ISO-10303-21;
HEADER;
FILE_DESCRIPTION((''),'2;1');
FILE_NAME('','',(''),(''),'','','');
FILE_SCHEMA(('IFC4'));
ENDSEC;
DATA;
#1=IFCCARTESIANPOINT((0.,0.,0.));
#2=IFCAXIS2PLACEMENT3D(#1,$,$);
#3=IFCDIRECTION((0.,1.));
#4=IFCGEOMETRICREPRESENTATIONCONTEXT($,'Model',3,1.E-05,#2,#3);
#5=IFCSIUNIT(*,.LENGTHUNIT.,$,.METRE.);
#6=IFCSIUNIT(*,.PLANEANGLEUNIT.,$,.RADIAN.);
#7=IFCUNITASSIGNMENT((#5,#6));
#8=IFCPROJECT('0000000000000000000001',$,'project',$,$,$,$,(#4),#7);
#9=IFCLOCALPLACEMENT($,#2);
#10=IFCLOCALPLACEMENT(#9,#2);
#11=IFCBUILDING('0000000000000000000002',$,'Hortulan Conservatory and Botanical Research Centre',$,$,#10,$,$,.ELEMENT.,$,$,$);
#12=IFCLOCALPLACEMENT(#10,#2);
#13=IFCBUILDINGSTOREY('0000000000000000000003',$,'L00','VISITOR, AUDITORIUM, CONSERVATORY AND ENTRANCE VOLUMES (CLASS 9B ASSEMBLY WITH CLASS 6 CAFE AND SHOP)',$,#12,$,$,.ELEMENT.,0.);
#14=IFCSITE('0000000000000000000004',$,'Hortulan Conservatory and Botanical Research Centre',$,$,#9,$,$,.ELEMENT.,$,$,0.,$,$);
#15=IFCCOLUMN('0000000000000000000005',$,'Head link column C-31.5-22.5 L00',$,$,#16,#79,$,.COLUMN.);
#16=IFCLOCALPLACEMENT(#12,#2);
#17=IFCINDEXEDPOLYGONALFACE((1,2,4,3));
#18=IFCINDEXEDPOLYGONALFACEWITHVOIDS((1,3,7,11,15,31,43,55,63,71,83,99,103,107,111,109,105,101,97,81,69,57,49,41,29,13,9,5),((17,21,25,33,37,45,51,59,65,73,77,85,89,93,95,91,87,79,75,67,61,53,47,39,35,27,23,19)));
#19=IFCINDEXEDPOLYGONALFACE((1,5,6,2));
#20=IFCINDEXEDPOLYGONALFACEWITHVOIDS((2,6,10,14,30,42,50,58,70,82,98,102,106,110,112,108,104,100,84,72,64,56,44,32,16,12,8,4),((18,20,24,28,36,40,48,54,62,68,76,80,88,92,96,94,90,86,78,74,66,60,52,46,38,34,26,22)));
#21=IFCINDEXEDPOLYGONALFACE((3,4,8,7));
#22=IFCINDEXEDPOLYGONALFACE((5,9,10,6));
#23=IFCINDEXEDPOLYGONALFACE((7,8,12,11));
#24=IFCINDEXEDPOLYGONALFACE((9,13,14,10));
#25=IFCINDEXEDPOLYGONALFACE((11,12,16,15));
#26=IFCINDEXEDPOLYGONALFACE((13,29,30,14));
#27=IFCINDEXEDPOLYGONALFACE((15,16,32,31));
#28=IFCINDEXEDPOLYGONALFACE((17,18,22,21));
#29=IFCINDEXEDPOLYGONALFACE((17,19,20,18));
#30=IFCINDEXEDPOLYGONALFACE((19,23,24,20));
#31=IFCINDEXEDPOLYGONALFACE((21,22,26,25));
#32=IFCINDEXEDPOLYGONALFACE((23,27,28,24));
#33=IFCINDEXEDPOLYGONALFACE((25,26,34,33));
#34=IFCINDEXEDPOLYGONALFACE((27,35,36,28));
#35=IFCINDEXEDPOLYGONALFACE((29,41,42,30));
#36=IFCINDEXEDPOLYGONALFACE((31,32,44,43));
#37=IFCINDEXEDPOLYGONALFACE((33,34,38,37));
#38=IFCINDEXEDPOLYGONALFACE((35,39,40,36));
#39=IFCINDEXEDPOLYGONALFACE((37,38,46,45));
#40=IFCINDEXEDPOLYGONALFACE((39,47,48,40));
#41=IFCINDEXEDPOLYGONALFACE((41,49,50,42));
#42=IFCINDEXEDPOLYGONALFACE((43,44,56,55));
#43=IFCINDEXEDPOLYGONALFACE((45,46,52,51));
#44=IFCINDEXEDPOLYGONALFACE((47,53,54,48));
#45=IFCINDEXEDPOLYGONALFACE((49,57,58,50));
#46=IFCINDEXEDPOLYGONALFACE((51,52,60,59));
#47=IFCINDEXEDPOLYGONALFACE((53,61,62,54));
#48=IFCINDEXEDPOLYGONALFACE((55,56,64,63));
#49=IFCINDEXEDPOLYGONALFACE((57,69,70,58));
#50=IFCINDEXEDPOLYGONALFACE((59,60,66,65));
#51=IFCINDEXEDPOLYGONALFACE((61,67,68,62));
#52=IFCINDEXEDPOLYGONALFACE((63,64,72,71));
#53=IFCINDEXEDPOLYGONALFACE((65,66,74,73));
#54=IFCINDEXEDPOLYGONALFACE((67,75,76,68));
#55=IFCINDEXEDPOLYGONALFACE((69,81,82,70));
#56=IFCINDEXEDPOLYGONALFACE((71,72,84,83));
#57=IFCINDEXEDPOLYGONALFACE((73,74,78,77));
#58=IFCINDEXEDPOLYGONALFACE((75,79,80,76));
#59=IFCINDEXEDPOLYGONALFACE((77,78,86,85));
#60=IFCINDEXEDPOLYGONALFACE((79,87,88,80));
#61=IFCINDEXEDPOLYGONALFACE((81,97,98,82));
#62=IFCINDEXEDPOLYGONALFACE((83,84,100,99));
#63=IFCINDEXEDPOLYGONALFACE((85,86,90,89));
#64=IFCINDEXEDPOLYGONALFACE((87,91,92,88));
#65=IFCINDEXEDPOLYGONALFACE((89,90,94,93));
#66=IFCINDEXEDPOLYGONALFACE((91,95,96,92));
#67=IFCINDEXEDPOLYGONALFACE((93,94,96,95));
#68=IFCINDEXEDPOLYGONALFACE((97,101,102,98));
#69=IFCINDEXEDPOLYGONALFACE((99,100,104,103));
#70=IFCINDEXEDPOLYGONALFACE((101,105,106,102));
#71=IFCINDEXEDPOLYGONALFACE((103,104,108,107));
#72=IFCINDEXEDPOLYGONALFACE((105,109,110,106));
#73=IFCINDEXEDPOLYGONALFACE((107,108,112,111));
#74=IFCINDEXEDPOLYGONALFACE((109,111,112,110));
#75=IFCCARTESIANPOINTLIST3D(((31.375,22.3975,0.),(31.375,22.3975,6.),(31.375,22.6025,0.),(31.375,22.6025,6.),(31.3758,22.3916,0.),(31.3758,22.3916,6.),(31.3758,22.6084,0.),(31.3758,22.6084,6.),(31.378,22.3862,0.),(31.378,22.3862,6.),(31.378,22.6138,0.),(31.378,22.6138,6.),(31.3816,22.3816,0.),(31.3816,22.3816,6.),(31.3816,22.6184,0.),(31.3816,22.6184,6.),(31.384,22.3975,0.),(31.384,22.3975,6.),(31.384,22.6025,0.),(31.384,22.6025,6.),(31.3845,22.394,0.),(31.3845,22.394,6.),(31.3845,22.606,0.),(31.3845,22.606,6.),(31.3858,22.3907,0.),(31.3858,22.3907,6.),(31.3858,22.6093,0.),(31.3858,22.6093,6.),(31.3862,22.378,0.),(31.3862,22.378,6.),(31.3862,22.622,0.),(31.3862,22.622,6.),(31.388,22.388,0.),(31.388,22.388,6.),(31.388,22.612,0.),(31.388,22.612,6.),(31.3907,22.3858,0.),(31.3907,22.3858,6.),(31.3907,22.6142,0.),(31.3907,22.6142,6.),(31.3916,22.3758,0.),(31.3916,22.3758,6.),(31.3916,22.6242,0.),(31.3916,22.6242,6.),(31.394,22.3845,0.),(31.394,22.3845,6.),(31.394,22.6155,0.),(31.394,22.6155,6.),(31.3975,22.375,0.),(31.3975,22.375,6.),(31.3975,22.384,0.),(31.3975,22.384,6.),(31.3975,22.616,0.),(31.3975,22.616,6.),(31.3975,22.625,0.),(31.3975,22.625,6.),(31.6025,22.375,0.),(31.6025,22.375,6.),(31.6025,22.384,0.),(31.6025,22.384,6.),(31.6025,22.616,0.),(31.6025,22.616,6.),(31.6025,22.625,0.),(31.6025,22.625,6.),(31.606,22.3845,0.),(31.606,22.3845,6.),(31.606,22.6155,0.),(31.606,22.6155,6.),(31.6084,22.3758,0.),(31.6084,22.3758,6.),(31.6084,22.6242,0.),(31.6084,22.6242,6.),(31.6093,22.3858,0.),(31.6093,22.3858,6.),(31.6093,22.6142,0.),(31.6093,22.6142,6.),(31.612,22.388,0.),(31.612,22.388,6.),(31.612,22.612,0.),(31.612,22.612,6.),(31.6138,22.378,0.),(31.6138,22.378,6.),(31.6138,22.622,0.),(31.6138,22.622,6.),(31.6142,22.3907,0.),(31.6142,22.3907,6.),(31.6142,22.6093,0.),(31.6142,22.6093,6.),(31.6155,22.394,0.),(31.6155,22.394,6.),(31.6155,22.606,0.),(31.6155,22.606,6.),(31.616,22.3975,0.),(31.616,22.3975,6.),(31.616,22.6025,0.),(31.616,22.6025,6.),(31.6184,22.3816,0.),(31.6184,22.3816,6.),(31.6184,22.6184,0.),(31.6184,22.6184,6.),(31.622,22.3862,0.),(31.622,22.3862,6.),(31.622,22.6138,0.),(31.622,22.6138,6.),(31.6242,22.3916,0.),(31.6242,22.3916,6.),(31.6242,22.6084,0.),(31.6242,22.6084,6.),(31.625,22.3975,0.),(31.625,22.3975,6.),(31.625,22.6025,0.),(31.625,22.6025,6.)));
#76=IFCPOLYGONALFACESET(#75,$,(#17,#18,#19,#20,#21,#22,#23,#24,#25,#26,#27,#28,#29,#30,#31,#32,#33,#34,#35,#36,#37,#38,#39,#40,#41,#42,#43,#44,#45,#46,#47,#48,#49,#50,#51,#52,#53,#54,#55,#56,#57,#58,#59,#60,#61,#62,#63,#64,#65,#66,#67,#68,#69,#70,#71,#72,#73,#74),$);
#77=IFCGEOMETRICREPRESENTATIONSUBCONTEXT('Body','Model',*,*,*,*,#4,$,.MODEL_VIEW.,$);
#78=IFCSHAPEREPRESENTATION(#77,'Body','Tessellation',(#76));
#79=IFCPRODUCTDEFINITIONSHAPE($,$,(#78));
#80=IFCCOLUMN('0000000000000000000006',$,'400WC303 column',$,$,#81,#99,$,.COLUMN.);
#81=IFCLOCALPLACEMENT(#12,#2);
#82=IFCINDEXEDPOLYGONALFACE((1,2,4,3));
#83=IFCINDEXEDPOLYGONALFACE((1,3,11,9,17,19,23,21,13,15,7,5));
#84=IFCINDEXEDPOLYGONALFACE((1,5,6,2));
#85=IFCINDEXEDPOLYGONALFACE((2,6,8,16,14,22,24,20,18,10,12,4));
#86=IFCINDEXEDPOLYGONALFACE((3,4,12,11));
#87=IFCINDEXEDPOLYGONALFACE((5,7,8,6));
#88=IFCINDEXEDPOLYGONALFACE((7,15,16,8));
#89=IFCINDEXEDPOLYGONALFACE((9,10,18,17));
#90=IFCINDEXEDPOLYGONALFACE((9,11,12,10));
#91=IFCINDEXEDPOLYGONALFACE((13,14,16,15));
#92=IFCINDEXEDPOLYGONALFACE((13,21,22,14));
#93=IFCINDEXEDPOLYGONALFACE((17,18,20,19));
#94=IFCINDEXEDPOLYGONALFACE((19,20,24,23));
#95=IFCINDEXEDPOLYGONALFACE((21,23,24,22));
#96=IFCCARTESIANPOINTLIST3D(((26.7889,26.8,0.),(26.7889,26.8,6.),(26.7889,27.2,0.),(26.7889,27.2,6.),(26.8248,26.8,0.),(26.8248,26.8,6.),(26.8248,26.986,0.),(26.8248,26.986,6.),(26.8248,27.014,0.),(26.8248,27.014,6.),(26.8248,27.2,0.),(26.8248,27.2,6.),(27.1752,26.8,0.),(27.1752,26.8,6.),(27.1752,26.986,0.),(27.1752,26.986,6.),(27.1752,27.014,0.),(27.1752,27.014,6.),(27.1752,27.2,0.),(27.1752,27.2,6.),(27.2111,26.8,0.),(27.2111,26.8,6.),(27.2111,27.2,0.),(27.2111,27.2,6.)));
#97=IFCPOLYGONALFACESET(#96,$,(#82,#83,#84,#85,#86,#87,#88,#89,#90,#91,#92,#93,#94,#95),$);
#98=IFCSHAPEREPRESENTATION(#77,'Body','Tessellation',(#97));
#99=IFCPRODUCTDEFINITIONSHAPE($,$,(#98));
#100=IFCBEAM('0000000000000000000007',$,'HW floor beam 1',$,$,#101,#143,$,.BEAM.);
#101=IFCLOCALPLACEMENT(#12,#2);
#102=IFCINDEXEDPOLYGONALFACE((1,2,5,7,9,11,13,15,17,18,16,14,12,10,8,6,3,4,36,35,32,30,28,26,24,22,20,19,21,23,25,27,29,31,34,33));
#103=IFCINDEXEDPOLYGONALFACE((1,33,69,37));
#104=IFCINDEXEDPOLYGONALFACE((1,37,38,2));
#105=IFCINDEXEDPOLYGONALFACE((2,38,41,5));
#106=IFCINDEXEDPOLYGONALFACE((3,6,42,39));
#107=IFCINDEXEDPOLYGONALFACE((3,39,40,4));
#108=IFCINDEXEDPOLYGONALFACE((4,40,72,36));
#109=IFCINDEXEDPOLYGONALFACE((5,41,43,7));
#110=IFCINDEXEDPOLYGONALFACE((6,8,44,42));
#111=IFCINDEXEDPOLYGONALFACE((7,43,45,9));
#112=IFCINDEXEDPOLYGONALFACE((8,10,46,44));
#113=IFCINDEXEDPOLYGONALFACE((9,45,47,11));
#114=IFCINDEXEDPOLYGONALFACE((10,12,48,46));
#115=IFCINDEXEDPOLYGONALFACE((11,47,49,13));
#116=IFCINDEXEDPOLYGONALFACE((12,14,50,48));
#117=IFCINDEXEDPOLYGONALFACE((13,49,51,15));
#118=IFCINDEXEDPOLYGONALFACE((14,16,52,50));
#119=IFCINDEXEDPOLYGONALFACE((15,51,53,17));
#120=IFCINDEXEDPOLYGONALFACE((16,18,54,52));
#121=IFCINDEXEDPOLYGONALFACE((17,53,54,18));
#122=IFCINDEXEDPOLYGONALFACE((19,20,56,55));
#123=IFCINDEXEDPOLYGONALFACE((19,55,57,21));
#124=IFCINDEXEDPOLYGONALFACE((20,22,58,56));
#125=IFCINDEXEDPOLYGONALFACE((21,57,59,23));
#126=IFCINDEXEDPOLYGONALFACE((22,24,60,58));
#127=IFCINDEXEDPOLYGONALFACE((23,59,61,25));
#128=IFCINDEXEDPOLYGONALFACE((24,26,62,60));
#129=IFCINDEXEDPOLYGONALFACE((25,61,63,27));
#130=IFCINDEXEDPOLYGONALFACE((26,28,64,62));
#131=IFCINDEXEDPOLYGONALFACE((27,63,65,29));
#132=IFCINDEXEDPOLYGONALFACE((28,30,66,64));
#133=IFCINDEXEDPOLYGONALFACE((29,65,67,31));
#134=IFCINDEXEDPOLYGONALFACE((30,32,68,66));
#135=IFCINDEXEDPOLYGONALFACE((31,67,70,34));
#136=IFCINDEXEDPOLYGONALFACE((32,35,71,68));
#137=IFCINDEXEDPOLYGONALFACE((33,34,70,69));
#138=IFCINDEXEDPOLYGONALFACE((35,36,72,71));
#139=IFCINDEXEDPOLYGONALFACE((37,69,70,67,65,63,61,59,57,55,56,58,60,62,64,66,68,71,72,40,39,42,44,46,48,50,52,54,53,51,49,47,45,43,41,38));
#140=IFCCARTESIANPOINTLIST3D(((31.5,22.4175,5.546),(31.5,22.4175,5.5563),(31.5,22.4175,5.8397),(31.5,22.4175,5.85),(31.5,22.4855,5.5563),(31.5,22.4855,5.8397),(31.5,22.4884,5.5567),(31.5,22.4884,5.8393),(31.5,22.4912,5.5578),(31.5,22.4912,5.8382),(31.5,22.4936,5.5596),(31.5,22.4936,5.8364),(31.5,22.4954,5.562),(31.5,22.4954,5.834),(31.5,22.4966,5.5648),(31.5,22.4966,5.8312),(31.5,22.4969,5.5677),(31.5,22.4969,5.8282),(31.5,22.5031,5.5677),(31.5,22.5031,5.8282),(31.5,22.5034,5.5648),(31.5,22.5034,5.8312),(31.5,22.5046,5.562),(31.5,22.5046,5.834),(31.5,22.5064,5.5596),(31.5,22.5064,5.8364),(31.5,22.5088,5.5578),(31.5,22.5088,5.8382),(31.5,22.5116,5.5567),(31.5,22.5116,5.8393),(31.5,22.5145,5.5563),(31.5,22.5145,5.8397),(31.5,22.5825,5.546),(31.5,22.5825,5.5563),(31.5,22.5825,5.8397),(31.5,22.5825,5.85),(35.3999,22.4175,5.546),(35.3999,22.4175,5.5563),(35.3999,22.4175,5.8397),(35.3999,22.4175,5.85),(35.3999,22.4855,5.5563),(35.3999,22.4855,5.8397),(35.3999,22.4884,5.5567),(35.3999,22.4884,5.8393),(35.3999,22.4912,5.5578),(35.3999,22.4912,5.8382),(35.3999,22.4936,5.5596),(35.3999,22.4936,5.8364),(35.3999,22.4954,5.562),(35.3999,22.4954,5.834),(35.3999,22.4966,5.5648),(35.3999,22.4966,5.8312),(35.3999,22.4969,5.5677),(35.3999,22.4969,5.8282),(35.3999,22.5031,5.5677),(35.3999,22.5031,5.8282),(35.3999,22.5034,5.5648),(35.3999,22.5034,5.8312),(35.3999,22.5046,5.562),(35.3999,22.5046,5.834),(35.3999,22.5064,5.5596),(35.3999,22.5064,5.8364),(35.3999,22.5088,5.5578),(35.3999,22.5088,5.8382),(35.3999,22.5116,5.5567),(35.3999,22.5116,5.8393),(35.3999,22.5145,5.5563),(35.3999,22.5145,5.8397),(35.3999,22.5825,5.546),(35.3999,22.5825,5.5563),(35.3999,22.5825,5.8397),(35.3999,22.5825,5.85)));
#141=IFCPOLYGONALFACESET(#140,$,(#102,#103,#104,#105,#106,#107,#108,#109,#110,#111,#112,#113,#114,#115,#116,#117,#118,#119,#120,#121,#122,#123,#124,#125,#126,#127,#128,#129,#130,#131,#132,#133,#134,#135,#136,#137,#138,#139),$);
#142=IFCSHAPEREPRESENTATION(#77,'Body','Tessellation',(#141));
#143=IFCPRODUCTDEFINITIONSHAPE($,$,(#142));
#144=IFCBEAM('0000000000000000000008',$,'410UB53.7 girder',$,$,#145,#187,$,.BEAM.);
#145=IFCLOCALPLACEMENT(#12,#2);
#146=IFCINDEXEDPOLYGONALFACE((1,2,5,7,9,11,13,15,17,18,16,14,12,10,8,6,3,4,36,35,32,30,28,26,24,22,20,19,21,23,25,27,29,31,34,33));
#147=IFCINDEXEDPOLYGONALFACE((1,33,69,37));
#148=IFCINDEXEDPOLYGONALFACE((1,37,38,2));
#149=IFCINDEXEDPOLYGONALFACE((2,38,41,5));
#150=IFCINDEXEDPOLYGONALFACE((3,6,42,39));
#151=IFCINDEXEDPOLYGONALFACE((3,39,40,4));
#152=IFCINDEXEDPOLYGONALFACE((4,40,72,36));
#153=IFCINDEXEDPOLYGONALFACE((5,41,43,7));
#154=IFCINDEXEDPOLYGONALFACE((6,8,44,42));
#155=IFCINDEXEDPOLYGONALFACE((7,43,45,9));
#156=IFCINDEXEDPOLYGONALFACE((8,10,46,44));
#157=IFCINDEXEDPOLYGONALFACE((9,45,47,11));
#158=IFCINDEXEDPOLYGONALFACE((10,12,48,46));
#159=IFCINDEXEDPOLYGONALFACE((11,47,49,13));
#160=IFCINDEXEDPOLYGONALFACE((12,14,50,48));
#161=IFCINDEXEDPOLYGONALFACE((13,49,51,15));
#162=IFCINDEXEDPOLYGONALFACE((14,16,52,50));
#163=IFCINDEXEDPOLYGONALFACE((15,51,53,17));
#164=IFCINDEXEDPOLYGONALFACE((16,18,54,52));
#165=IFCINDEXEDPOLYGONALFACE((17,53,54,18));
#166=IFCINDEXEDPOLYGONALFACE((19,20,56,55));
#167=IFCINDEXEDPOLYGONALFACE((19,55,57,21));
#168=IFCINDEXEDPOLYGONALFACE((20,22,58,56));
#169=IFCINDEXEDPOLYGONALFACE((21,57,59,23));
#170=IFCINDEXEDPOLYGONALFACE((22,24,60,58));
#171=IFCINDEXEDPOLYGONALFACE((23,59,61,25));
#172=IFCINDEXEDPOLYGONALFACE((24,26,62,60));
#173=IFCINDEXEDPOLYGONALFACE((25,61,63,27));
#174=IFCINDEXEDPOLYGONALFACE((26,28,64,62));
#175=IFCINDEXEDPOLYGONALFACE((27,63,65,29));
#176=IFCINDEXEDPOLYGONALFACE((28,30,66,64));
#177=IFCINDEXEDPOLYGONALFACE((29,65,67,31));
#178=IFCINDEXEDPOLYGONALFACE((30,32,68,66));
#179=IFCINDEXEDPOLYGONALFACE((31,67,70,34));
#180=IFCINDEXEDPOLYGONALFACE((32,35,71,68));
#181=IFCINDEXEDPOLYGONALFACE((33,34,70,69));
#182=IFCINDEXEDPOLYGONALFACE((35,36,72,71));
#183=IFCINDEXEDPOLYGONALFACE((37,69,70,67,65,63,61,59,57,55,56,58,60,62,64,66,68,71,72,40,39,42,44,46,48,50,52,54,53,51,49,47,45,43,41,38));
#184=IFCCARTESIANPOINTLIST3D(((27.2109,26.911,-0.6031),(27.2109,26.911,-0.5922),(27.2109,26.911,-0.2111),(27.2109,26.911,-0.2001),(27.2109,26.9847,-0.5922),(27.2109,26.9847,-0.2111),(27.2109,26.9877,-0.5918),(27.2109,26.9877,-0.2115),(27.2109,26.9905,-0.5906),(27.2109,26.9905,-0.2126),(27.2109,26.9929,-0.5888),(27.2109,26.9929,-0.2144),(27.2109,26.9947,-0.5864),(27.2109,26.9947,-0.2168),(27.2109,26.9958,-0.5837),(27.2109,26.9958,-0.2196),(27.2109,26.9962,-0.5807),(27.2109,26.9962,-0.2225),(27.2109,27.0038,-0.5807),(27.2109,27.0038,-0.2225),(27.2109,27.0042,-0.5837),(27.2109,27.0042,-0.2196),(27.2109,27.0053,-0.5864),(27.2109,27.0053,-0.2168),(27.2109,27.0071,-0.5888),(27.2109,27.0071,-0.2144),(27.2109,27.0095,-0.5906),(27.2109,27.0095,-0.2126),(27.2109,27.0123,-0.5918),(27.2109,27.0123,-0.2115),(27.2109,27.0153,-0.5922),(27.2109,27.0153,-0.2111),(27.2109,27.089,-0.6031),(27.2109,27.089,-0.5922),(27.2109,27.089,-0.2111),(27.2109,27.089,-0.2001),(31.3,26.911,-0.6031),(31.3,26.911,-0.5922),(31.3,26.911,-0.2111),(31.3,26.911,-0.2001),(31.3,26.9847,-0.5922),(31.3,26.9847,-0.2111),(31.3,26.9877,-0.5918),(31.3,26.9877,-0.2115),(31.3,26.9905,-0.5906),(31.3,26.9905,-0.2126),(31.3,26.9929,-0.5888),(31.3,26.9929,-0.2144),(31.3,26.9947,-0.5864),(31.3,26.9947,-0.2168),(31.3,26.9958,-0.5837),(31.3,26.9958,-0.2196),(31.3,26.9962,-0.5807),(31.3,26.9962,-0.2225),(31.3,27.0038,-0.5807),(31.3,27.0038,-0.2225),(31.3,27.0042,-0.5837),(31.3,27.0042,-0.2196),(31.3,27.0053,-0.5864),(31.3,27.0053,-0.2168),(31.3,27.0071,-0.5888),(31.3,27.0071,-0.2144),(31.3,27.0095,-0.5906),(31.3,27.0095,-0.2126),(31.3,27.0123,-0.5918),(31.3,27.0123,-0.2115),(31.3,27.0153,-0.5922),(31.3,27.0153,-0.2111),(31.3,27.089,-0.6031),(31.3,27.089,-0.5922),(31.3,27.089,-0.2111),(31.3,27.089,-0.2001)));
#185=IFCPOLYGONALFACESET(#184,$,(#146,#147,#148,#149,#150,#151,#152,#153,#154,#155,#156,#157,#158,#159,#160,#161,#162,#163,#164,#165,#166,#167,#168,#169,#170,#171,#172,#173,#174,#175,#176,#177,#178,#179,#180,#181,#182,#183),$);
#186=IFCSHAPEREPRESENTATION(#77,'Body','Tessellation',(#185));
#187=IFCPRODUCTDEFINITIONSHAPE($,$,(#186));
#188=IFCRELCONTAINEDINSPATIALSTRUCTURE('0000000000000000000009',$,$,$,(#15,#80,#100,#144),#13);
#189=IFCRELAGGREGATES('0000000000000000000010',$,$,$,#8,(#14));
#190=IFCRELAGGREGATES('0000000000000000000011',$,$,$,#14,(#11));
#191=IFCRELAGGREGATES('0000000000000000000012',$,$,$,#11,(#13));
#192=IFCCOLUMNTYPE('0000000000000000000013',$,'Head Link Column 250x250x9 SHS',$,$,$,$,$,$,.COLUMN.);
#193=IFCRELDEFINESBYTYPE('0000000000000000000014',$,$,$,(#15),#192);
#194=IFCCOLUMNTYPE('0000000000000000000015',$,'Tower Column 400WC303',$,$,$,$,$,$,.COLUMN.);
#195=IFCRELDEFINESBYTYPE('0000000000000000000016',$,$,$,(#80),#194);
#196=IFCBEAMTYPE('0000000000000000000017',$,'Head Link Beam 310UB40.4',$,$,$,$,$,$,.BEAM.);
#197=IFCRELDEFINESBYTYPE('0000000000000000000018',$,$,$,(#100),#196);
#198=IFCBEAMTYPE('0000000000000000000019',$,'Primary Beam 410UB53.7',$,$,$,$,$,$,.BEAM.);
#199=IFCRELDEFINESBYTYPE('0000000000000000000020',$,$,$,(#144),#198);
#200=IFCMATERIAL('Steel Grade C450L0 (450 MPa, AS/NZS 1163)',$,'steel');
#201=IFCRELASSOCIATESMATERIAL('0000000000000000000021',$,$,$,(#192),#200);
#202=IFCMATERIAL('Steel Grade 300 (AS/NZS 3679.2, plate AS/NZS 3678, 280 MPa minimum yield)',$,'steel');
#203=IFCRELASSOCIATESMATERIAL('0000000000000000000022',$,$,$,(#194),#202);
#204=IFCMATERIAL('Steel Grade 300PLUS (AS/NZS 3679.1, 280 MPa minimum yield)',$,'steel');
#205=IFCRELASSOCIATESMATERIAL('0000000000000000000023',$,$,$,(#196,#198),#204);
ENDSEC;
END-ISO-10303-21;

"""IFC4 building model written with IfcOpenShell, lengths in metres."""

from ifc_helpers import new_model, si_unit, direction, frame, origin, origin_2d, place, context, subcontext, project, spatial, hollow_rectangle, i_section, extrude, material, material_profile, profile_set, type_object, element, save


model = new_model("IFC4")

# Units and contexts
model_context = context("Model", 3, precision=1e-05, world=origin(), true_north=direction((0.0, 1.0)))
body_context = subcontext(model_context, "Body", "Model", "MODEL_VIEW")
ifc_project = project(units=[si_unit("LENGTHUNIT", "METRE"), si_unit("PLANEANGLEUNIT", "RADIAN")], contexts=[model_context])

# Site, building, storey
site_placement = place(None, origin())
site = spatial("IfcSite", under=ifc_project, at=site_placement, Name="Hortulan Conservatory and Botanical Research Centre", CompositionType="ELEMENT", RefElevation=0.0)
building_placement = place(site_placement, origin())
building = spatial("IfcBuilding", under=site, at=building_placement, Name="Hortulan Conservatory and Botanical Research Centre", CompositionType="ELEMENT")
storey_placement = place(building_placement, origin())
storey = spatial("IfcBuildingStorey", under=building, at=storey_placement, Name="L00", Description="VISITOR, AUDITORIUM, CONSERVATORY AND ENTRANCE VOLUMES (CLASS 9B ASSEMBLY WITH CLASS 6 CAFE AND SHOP)", CompositionType="ELEMENT", Elevation=0.0)

# Columns
ifc_material_1 = material(Name="Steel Grade C450L0 (450 MPa, AS/NZS 1163)", Category="steel")
ifc_material_profile_1 = material_profile(ifc_material_1, hollow_rectangle(XDim=0.25, YDim=0.25, WallThickness=0.009, InnerFilletRadius=0.0134, OuterFilletRadius=0.0225, at=origin_2d()), Name="250x250x9SHS")
ifc_profile_set_1 = profile_set([ifc_material_profile_1], Name="Steel Grade C450L0 (450 MPa, AS/NZS 1163)")
column_type_1 = type_object("IfcColumnType", Name="Head Link Column 250x250x9 SHS", PredefinedType="COLUMN", material=ifc_profile_set_1)
column_1_placement = place(storey_placement, frame((31.5, 22.5, 0.0), z_axis=(0.0, 0.0, 1.0), x_axis=(1.0, 0.0, 0.0)))
element("IfcColumn", 1, at=column_1_placement, inside=storey, type_object=column_type_1, Name="Head link column C-31.5-22.5 L00", PredefinedType="COLUMN", context=body_context, shape_type="SweptSolid", body=[
    extrude(hollow_rectangle(XDim=0.25, YDim=0.25, WallThickness=0.009, InnerFilletRadius=0.0134, OuterFilletRadius=0.0225, at=origin_2d()), origin(), (0.0, 0.0, 1.0), 6.0),
])
ifc_material_2 = material(Name="Steel Grade 300 (AS/NZS 3679.2, plate AS/NZS 3678, 280 MPa minimum yield)", Category="steel")
ifc_material_profile_2 = material_profile(ifc_material_2, i_section(OverallWidth=0.3999, OverallDepth=0.4221, WebThickness=0.0281, FlangeThickness=0.0359, at=origin_2d()), Name="400WC303")
ifc_profile_set_2 = profile_set([ifc_material_profile_2], Name="Steel Grade 300 (AS/NZS 3679.2, plate AS/NZS 3678, 280 MPa minimum yield)")
column_type_2 = type_object("IfcColumnType", Name="Tower Column 400WC303", PredefinedType="COLUMN", material=ifc_profile_set_2)
column_2_placement = place(storey_placement, frame((27.0, 27.0, 0.0), z_axis=(0.0, 0.0, 1.0), x_axis=(0.0, 1.0, 0.0)))
element("IfcColumn", 2, at=column_2_placement, inside=storey, type_object=column_type_2, Name="400WC303 column", PredefinedType="COLUMN", context=body_context, shape_type="SweptSolid", body=[
    extrude(i_section(OverallWidth=0.3999, OverallDepth=0.4221, WebThickness=0.0281, FlangeThickness=0.0359, at=origin_2d()), origin(), (0.0, 0.0, 1.0), 6.0),
])

# Beams
ifc_material_3 = material(Name="Steel Grade 300PLUS (AS/NZS 3679.1, 280 MPa minimum yield)", Category="steel")
ifc_material_profile_3 = material_profile(ifc_material_3, i_section(OverallWidth=0.165, OverallDepth=0.304, WebThickness=0.0061, FlangeThickness=0.0103, FilletRadius=0.0115, at=origin_2d()), Name="310UB40.4")
ifc_profile_set_3 = profile_set([ifc_material_profile_3], Name="Steel Grade 300PLUS (AS/NZS 3679.1, 280 MPa minimum yield)")
beam_type_1 = type_object("IfcBeamType", Name="Head Link Beam 310UB40.4", PredefinedType="BEAM", material=ifc_profile_set_3)
beam_1_placement = place(storey_placement, frame((31.5, 22.5, 5.698), z_axis=(1.0, 0.0, 0.0), x_axis=(0.0, 1.0, 0.0)))
element("IfcBeam", 3, at=beam_1_placement, inside=storey, type_object=beam_type_1, Name="HW floor beam 1", PredefinedType="BEAM", context=body_context, shape_type="SweptSolid", body=[
    extrude(i_section(OverallWidth=0.165, OverallDepth=0.304, WebThickness=0.0061, FlangeThickness=0.0103, FilletRadius=0.0115, at=origin_2d()), origin(), (0.0, 0.0, 1.0), 3.8999),
])
ifc_material_profile_4 = material_profile(ifc_material_3, i_section(OverallWidth=0.178, OverallDepth=0.4031, WebThickness=0.0076, FlangeThickness=0.011, FilletRadius=0.0115, at=origin_2d()), Name="410UB53.7")
ifc_profile_set_4 = profile_set([ifc_material_profile_4], Name="Steel Grade 300PLUS (AS/NZS 3679.1, 280 MPa minimum yield)")
beam_type_2 = type_object("IfcBeamType", Name="Primary Beam 410UB53.7", PredefinedType="BEAM", material=ifc_profile_set_4)
beam_2_placement = place(storey_placement, frame((27.2109, 27.0, -0.4016), z_axis=(1.0, 0.0, 0.0), x_axis=(0.0, 1.0, 0.0)))
element("IfcBeam", 4, at=beam_2_placement, inside=storey, type_object=beam_type_2, Name="410UB53.7 girder", PredefinedType="BEAM", context=body_context, shape_type="SweptSolid", body=[
    extrude(i_section(OverallWidth=0.178, OverallDepth=0.4031, WebThickness=0.0076, FlangeThickness=0.011, FilletRadius=0.0115, at=origin_2d()), origin(), (0.0, 0.0, 1.0), 4.0891),
])

save(model, "model.ifc")
